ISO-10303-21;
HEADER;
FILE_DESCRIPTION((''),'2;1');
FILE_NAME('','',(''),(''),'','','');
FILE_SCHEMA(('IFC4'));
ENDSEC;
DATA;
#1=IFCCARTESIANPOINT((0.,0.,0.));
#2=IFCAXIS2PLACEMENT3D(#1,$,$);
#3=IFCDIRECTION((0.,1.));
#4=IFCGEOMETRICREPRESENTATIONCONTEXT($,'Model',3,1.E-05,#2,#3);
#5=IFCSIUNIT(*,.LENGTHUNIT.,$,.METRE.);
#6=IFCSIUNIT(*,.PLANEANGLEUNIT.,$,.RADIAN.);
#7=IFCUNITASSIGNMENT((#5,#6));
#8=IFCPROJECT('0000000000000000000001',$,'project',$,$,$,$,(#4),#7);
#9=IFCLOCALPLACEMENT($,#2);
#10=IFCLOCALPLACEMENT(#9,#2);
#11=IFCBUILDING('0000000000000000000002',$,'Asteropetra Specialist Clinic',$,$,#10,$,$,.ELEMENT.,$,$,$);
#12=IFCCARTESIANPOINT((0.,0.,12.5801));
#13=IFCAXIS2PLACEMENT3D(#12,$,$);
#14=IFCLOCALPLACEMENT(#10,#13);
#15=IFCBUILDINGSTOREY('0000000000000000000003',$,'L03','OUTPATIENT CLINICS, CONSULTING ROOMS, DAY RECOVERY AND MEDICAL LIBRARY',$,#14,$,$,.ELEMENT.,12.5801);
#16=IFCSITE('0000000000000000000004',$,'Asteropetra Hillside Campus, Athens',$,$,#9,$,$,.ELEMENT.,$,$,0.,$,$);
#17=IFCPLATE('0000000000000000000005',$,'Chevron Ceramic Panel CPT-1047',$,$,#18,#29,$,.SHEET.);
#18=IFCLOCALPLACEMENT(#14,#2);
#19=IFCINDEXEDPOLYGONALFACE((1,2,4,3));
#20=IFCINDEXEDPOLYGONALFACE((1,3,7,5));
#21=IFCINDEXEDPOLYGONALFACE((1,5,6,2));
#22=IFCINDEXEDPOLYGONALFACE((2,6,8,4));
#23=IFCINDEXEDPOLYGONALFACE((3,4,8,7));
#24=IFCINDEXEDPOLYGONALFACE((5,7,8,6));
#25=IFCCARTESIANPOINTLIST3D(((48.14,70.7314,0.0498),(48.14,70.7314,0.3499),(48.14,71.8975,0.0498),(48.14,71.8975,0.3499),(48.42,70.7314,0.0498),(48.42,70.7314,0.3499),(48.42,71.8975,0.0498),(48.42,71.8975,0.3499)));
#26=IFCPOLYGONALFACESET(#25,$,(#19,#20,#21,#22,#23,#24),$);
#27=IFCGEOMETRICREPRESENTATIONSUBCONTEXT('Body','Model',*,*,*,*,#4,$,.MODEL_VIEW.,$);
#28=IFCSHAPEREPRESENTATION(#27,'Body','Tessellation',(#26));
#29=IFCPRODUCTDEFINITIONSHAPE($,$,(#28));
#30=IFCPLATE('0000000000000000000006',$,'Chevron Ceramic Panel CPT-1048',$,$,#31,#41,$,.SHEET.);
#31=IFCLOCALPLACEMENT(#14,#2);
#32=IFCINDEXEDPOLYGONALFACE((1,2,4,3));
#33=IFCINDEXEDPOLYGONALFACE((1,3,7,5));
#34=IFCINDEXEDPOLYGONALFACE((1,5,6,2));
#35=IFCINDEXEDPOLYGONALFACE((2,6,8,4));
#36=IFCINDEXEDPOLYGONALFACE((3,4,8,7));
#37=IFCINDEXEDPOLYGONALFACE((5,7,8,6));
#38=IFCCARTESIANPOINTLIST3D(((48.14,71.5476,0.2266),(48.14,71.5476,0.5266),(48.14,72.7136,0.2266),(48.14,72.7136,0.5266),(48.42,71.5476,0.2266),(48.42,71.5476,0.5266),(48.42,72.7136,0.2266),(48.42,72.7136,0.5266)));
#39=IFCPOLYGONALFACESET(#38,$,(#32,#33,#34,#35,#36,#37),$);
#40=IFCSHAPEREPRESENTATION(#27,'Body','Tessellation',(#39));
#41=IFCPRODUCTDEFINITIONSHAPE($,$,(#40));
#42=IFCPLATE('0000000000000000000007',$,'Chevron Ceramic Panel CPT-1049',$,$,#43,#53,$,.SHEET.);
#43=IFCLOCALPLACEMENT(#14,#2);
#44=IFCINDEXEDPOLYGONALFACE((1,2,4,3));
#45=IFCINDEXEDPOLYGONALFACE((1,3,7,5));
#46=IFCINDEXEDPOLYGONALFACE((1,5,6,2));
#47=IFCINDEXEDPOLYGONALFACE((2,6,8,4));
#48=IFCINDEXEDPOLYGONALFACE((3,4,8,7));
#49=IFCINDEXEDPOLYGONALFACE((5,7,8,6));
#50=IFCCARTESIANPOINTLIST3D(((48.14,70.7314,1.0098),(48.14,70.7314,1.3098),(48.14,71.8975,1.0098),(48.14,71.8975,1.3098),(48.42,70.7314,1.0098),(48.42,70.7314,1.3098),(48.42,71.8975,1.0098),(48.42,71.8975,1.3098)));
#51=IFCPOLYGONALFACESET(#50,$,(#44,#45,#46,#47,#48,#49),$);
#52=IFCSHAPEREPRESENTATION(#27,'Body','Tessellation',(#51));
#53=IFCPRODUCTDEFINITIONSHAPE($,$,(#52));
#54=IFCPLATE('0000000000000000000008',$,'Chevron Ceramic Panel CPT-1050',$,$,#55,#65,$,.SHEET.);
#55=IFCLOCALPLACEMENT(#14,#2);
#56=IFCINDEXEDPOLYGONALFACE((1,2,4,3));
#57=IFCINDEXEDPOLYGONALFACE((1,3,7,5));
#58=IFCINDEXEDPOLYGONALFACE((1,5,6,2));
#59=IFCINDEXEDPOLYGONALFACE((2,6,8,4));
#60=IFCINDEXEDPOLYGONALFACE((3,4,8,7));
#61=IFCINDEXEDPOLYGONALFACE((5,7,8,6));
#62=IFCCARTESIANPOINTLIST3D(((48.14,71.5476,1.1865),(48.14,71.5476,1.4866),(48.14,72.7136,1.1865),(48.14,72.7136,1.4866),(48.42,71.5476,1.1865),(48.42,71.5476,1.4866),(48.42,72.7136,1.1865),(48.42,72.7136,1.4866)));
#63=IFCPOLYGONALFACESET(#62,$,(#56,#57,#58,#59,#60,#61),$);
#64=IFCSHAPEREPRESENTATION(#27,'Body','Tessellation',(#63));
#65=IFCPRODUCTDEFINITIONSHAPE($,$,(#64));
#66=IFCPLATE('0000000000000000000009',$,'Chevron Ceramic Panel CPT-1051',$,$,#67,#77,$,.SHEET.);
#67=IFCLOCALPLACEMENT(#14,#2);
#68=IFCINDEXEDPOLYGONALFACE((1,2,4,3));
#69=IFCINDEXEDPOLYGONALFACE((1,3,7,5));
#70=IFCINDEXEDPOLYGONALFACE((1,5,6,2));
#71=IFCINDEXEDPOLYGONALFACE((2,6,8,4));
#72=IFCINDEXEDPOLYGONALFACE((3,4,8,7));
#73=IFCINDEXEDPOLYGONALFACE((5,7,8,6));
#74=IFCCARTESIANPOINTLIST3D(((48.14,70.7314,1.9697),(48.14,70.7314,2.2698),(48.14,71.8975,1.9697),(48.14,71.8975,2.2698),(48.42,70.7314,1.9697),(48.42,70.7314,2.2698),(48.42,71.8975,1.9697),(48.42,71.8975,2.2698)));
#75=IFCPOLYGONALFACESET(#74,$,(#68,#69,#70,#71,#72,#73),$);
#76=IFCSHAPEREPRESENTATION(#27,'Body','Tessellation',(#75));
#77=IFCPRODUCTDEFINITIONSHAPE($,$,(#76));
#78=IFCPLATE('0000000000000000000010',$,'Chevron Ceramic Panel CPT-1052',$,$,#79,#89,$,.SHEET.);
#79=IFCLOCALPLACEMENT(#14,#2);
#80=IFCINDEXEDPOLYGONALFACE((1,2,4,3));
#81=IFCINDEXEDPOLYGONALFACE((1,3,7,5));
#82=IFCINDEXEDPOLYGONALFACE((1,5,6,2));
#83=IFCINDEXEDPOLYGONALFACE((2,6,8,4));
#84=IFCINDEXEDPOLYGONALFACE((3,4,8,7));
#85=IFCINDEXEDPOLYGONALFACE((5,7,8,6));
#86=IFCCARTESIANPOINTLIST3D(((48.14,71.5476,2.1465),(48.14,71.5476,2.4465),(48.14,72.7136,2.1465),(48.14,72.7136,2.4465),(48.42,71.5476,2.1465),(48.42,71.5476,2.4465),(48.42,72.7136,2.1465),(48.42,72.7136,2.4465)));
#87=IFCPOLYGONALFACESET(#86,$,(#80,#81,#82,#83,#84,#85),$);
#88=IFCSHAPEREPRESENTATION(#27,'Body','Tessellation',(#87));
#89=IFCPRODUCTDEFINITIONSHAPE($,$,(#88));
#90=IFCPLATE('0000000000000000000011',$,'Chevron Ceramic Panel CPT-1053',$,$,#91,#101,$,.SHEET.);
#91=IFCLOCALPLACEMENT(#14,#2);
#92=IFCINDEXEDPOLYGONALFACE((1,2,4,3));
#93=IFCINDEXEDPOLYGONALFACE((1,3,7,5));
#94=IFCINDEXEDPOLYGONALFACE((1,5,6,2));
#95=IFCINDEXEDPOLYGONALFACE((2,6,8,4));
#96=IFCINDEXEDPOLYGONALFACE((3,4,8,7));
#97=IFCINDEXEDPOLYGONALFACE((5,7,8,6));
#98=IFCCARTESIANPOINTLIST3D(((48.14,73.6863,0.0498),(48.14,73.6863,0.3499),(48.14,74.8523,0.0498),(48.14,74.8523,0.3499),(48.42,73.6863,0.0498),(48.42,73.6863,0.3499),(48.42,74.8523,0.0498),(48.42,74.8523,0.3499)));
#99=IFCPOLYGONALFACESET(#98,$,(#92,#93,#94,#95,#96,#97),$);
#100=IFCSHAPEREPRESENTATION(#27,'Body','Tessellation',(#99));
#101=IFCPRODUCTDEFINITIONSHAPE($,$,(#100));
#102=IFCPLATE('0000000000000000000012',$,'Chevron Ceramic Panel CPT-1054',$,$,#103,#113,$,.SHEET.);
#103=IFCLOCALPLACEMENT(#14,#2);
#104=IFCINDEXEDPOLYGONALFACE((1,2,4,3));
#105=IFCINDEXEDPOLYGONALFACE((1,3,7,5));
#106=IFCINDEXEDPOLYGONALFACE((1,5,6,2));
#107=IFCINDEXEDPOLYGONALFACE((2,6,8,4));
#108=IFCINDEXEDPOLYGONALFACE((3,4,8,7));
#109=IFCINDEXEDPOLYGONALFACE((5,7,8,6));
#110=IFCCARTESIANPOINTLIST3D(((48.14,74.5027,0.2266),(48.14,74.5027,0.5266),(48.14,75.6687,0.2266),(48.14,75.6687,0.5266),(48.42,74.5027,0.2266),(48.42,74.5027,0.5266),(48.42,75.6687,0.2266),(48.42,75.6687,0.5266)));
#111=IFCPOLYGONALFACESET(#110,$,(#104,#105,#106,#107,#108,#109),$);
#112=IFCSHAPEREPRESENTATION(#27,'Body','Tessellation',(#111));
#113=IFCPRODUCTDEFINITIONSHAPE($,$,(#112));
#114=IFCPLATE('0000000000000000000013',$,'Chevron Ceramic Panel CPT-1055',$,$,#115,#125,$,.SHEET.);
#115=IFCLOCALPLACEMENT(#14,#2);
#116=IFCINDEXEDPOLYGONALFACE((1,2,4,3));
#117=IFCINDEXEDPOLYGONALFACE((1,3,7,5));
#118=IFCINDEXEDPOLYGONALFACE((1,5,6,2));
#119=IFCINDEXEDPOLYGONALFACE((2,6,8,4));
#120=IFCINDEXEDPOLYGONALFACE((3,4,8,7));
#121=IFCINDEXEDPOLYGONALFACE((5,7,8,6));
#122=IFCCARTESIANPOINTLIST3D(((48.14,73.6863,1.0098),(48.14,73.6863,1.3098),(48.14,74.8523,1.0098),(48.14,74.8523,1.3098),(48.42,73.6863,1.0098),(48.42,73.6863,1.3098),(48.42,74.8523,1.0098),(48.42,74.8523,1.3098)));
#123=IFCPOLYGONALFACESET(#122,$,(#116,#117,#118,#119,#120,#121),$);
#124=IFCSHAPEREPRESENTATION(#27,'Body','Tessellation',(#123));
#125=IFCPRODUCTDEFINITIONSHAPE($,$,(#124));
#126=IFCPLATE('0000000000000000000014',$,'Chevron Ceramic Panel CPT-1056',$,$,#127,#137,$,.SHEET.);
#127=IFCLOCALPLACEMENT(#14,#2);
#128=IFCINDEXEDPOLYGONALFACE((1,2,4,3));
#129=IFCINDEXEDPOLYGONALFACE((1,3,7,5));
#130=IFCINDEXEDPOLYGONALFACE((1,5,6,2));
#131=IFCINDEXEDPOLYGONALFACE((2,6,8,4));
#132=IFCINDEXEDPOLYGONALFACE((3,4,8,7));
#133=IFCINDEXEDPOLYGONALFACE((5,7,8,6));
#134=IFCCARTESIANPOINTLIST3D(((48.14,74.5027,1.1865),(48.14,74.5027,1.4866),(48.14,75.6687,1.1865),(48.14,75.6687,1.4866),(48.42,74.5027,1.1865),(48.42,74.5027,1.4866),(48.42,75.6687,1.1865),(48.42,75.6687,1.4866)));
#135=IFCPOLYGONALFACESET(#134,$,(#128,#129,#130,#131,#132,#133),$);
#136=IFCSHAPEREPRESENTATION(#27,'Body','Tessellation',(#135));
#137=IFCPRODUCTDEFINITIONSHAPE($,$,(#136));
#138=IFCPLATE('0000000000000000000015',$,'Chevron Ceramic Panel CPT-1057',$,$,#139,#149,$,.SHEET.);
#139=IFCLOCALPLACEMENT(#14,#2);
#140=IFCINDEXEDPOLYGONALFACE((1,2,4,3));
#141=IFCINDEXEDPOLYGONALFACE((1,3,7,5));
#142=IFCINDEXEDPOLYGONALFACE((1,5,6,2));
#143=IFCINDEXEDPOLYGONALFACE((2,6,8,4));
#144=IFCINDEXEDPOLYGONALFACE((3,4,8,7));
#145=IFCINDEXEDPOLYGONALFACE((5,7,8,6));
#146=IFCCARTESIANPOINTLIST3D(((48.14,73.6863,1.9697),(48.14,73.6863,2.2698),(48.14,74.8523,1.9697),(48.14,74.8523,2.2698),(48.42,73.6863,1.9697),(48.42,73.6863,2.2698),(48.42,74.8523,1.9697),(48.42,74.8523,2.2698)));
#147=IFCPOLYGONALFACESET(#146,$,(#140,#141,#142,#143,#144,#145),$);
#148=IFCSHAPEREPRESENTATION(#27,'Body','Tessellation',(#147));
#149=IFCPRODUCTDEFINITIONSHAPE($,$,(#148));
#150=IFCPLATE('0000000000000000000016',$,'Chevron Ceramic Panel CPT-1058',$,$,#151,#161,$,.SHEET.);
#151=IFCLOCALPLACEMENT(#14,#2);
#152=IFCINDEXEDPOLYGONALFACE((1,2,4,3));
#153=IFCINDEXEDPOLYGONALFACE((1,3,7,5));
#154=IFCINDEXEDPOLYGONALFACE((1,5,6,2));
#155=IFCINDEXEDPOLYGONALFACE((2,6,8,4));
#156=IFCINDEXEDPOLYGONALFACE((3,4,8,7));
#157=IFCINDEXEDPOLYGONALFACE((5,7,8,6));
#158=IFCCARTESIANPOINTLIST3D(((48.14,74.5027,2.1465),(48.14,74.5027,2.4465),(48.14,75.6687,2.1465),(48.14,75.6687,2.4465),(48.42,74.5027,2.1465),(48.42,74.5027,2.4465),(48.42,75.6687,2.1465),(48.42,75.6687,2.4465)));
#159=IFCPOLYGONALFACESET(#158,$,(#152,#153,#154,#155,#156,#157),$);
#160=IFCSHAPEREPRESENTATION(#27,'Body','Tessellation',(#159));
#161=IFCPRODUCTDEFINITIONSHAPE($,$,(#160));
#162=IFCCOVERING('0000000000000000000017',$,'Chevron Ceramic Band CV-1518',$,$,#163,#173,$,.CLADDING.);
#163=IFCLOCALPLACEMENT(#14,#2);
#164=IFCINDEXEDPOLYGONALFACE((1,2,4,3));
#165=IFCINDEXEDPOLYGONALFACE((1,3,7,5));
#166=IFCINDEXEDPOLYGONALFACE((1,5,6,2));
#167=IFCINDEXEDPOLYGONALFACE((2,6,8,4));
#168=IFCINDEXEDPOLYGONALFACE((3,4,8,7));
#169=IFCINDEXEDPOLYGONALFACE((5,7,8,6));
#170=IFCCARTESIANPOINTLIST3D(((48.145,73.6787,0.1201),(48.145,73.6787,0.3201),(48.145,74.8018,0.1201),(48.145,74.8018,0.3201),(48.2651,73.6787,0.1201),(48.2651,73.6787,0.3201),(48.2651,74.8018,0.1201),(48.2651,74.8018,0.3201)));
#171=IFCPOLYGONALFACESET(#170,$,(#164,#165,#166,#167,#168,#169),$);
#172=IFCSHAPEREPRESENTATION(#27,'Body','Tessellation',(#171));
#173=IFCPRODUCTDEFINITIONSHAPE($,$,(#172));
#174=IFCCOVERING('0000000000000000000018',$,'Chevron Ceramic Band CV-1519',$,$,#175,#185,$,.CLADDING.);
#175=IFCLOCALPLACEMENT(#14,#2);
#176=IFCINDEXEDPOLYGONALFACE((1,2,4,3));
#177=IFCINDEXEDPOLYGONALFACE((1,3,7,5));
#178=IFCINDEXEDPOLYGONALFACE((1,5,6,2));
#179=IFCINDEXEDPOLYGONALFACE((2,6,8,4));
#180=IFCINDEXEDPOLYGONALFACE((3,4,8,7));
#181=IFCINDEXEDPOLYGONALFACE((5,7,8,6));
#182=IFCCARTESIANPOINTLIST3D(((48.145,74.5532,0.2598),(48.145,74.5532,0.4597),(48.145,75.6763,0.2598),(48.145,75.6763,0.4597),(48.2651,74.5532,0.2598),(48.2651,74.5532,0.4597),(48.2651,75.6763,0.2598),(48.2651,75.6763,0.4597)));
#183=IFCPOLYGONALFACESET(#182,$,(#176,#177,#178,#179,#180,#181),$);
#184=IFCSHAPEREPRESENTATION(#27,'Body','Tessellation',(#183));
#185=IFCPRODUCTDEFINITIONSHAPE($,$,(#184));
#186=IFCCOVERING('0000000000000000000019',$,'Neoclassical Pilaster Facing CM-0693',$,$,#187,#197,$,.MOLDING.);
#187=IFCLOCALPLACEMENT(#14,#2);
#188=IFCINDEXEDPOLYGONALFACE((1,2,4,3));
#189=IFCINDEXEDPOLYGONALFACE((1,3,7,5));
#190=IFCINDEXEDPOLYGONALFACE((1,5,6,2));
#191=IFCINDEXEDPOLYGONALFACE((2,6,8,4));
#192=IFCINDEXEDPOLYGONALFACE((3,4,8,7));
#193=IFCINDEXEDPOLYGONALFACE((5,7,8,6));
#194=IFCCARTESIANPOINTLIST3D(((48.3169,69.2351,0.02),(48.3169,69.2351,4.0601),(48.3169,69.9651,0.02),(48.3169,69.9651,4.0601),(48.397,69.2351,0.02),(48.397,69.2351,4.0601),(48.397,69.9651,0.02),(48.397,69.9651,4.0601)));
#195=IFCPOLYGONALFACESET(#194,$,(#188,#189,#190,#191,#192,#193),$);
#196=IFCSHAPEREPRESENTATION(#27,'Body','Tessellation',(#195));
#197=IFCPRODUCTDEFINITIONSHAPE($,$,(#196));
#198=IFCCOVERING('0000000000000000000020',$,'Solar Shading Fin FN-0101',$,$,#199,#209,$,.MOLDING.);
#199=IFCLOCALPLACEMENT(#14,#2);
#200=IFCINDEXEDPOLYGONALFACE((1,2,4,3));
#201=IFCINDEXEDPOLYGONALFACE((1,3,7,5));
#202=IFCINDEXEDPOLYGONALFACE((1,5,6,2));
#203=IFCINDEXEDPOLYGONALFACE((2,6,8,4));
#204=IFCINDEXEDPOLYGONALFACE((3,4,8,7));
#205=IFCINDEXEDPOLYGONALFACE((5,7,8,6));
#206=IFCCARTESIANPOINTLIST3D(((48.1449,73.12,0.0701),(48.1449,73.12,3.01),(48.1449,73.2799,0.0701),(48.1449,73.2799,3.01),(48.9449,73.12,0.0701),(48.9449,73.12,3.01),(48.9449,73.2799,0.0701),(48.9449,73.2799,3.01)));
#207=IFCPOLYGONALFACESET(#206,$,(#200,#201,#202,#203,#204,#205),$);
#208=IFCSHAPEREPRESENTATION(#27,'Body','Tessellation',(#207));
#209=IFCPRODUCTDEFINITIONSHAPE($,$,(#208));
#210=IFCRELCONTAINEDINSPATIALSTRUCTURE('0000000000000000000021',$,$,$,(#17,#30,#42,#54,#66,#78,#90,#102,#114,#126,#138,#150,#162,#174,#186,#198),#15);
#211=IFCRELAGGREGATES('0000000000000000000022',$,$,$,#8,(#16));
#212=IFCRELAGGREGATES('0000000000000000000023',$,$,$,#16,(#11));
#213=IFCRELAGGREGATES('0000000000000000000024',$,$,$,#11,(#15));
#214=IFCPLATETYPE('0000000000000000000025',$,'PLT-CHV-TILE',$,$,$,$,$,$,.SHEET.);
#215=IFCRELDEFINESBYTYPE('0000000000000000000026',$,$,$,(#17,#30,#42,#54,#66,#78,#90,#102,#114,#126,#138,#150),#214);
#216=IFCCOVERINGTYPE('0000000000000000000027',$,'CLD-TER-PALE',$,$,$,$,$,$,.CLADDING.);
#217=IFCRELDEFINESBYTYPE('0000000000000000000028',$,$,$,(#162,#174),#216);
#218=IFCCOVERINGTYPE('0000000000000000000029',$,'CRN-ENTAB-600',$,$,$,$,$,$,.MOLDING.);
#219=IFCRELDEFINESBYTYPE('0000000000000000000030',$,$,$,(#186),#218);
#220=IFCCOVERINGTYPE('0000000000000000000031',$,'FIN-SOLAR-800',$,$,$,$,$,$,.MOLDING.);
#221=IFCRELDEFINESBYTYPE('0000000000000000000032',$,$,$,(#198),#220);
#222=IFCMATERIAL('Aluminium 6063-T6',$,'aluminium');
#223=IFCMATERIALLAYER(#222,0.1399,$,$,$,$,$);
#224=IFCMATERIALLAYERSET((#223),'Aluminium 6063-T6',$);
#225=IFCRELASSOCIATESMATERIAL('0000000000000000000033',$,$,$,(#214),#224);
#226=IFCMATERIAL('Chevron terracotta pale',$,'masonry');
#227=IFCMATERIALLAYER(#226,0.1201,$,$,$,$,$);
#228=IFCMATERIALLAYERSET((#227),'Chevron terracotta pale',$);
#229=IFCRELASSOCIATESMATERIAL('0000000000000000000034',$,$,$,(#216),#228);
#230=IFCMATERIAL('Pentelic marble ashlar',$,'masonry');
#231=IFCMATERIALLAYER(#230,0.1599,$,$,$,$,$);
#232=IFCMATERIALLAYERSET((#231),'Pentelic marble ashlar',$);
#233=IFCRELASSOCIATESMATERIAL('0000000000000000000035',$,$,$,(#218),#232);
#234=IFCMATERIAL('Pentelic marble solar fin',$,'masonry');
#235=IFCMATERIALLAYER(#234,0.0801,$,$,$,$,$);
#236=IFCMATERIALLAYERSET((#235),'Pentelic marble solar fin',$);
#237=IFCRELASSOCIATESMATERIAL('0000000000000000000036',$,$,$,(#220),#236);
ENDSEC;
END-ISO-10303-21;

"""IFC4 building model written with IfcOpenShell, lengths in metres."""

from ifc_helpers import new_model, si_unit, direction, frame, origin, origin_2d, place, context, subcontext, project, spatial, rectangle, extrude, material, layer, layer_set, type_object, element, save


model = new_model("IFC4")

# Units and contexts
model_context = context("Model", 3, precision=1e-05, world=origin(), true_north=direction((0.0, 1.0)))
body_context = subcontext(model_context, "Body", "Model", "MODEL_VIEW")
ifc_project = project(units=[si_unit("LENGTHUNIT", "METRE"), si_unit("PLANEANGLEUNIT", "RADIAN")], contexts=[model_context])

# Site, building, storey
site_placement = place(None, origin())
site = spatial("IfcSite", under=ifc_project, at=site_placement, Name="Asteropetra Hillside Campus, Athens", CompositionType="ELEMENT", RefElevation=0.0)
building_placement = place(site_placement, origin())
building = spatial("IfcBuilding", under=site, at=building_placement, Name="Asteropetra Specialist Clinic", CompositionType="ELEMENT")
storey_placement = place(building_placement, frame((0.0, 0.0, 12.5801)))
storey = spatial("IfcBuildingStorey", under=building, at=storey_placement, Name="L03", Description="OUTPATIENT CLINICS, CONSULTING ROOMS, DAY RECOVERY AND MEDICAL LIBRARY", CompositionType="ELEMENT", Elevation=12.5801)

# Plates
ifc_material_1 = material(Name="Aluminium 6063-T6", Category="aluminium")
ifc_layer_1 = layer(ifc_material_1, 0.1399)
ifc_layer_set_1 = layer_set([ifc_layer_1], Name="Aluminium 6063-T6")
plate_type_1 = type_object("IfcPlateType", Name="PLT-CHV-TILE", PredefinedType="SHEET", material=ifc_layer_set_1)
for number, where, z_axis, x_axis, name in (
    (1, (48.28, 71.3145, 0.0498), (0.0, 0.0, 1.0), (1.0, 0.0, 0.0), "Chevron Ceramic Panel CPT-1047"),
    (2, (48.28, 72.1306, 0.2266), (0.0, 0.0, 1.0), (1.0, 0.0, 0.0), "Chevron Ceramic Panel CPT-1048"),
    (3, (48.28, 71.3145, 1.0098), (0.0, 0.0, 1.0), (1.0, 0.0, 0.0), "Chevron Ceramic Panel CPT-1049"),
    (4, (48.28, 72.1306, 1.1865), (0.0, 0.0, 1.0), (1.0, 0.0, 0.0), "Chevron Ceramic Panel CPT-1050"),
    (5, (48.28, 71.3145, 1.9697), (0.0, 0.0, 1.0), (1.0, 0.0, 0.0), "Chevron Ceramic Panel CPT-1051"),
    (6, (48.28, 72.1306, 2.1465), (0.0, 0.0, 1.0), (1.0, 0.0, 0.0), "Chevron Ceramic Panel CPT-1052"),
    (7, (48.28, 74.2693, 0.0498), (0.0, 0.0, 1.0), (1.0, 0.0, 0.0), "Chevron Ceramic Panel CPT-1053"),
    (8, (48.28, 75.0857, 0.2266), (0.0, 0.0, 1.0), (1.0, 0.0, 0.0), "Chevron Ceramic Panel CPT-1054"),
    (9, (48.28, 74.2693, 1.0098), (0.0, 0.0, 1.0), (1.0, 0.0, 0.0), "Chevron Ceramic Panel CPT-1055"),
    (10, (48.28, 75.0857, 1.1865), (0.0, 0.0, 1.0), (1.0, 0.0, 0.0), "Chevron Ceramic Panel CPT-1056"),
    (11, (48.28, 74.2693, 1.9697), (0.0, 0.0, 1.0), (1.0, 0.0, 0.0), "Chevron Ceramic Panel CPT-1057"),
    (12, (48.28, 75.0857, 2.1465), (0.0, 0.0, 1.0), (1.0, 0.0, 0.0), "Chevron Ceramic Panel CPT-1058"),
):
    element("IfcPlate", number, at=place(storey_placement, frame(where, z_axis=z_axis, x_axis=x_axis)), inside=storey, type_object=plate_type_1, Name=name, PredefinedType="SHEET", context=body_context, shape_type="SweptSolid", body=[
        extrude(rectangle(XDim=0.28, YDim=1.166, at=origin_2d()), origin(), (0.0, 0.0, 1.0), 0.3),
    ])

# Coverings
ifc_material_2 = material(Name="Chevron terracotta pale", Category="masonry")
ifc_layer_2 = layer(ifc_material_2, 0.1201)
ifc_layer_set_2 = layer_set([ifc_layer_2], Name="Chevron terracotta pale")
covering_type_1 = type_object("IfcCoveringType", Name="CLD-TER-PALE", PredefinedType="CLADDING", material=ifc_layer_set_2)
for number, where, z_axis, x_axis, name in (
    (13, (48.2051, 74.2402, 0.1201), (0.0, 0.0, 1.0), (1.0, 0.0, 0.0), "Chevron Ceramic Band CV-1518"),
    (14, (48.2051, 75.1147, 0.2598), (0.0, 0.0, 1.0), (1.0, 0.0, 0.0), "Chevron Ceramic Band CV-1519"),
):
    element("IfcCovering", number, at=place(storey_placement, frame(where, z_axis=z_axis, x_axis=x_axis)), inside=storey, type_object=covering_type_1, Name=name, PredefinedType="CLADDING", context=body_context, shape_type="SweptSolid", body=[
        extrude(rectangle(XDim=0.1201, YDim=1.123, at=origin_2d()), origin(), (0.0, 0.0, 1.0), 0.2),
    ])
ifc_material_3 = material(Name="Pentelic marble ashlar", Category="masonry")
ifc_layer_3 = layer(ifc_material_3, 0.1599)
ifc_layer_set_3 = layer_set([ifc_layer_3], Name="Pentelic marble ashlar")
covering_type_2 = type_object("IfcCoveringType", Name="CRN-ENTAB-600", PredefinedType="MOLDING", material=ifc_layer_set_3)
covering_1_placement = place(storey_placement, frame((48.3569, 69.6001, 0.02), z_axis=(0.0, 0.0, 1.0), x_axis=(1.0, 0.0, 0.0)))
element("IfcCovering", 15, at=covering_1_placement, inside=storey, type_object=covering_type_2, Name="Neoclassical Pilaster Facing CM-0693", PredefinedType="MOLDING", context=body_context, shape_type="SweptSolid", body=[
    extrude(rectangle(XDim=0.0801, YDim=0.73, at=origin_2d()), origin(), (0.0, 0.0, 1.0), 4.04),
])
ifc_material_4 = material(Name="Pentelic marble solar fin", Category="masonry")
ifc_layer_4 = layer(ifc_material_4, 0.0801)
ifc_layer_set_4 = layer_set([ifc_layer_4], Name="Pentelic marble solar fin")
covering_type_3 = type_object("IfcCoveringType", Name="FIN-SOLAR-800", PredefinedType="MOLDING", material=ifc_layer_set_4)
covering_2_placement = place(storey_placement, frame((48.5449, 73.2, 0.0701), z_axis=(0.0, 0.0, 1.0), x_axis=(1.0, 0.0, 0.0)))
element("IfcCovering", 16, at=covering_2_placement, inside=storey, type_object=covering_type_3, Name="Solar Shading Fin FN-0101", PredefinedType="MOLDING", context=body_context, shape_type="SweptSolid", body=[
    extrude(rectangle(XDim=0.8, YDim=0.1599, at=origin_2d()), origin(), (0.0, 0.0, 1.0), 2.9399),
])

save(model, "model.ifc")
